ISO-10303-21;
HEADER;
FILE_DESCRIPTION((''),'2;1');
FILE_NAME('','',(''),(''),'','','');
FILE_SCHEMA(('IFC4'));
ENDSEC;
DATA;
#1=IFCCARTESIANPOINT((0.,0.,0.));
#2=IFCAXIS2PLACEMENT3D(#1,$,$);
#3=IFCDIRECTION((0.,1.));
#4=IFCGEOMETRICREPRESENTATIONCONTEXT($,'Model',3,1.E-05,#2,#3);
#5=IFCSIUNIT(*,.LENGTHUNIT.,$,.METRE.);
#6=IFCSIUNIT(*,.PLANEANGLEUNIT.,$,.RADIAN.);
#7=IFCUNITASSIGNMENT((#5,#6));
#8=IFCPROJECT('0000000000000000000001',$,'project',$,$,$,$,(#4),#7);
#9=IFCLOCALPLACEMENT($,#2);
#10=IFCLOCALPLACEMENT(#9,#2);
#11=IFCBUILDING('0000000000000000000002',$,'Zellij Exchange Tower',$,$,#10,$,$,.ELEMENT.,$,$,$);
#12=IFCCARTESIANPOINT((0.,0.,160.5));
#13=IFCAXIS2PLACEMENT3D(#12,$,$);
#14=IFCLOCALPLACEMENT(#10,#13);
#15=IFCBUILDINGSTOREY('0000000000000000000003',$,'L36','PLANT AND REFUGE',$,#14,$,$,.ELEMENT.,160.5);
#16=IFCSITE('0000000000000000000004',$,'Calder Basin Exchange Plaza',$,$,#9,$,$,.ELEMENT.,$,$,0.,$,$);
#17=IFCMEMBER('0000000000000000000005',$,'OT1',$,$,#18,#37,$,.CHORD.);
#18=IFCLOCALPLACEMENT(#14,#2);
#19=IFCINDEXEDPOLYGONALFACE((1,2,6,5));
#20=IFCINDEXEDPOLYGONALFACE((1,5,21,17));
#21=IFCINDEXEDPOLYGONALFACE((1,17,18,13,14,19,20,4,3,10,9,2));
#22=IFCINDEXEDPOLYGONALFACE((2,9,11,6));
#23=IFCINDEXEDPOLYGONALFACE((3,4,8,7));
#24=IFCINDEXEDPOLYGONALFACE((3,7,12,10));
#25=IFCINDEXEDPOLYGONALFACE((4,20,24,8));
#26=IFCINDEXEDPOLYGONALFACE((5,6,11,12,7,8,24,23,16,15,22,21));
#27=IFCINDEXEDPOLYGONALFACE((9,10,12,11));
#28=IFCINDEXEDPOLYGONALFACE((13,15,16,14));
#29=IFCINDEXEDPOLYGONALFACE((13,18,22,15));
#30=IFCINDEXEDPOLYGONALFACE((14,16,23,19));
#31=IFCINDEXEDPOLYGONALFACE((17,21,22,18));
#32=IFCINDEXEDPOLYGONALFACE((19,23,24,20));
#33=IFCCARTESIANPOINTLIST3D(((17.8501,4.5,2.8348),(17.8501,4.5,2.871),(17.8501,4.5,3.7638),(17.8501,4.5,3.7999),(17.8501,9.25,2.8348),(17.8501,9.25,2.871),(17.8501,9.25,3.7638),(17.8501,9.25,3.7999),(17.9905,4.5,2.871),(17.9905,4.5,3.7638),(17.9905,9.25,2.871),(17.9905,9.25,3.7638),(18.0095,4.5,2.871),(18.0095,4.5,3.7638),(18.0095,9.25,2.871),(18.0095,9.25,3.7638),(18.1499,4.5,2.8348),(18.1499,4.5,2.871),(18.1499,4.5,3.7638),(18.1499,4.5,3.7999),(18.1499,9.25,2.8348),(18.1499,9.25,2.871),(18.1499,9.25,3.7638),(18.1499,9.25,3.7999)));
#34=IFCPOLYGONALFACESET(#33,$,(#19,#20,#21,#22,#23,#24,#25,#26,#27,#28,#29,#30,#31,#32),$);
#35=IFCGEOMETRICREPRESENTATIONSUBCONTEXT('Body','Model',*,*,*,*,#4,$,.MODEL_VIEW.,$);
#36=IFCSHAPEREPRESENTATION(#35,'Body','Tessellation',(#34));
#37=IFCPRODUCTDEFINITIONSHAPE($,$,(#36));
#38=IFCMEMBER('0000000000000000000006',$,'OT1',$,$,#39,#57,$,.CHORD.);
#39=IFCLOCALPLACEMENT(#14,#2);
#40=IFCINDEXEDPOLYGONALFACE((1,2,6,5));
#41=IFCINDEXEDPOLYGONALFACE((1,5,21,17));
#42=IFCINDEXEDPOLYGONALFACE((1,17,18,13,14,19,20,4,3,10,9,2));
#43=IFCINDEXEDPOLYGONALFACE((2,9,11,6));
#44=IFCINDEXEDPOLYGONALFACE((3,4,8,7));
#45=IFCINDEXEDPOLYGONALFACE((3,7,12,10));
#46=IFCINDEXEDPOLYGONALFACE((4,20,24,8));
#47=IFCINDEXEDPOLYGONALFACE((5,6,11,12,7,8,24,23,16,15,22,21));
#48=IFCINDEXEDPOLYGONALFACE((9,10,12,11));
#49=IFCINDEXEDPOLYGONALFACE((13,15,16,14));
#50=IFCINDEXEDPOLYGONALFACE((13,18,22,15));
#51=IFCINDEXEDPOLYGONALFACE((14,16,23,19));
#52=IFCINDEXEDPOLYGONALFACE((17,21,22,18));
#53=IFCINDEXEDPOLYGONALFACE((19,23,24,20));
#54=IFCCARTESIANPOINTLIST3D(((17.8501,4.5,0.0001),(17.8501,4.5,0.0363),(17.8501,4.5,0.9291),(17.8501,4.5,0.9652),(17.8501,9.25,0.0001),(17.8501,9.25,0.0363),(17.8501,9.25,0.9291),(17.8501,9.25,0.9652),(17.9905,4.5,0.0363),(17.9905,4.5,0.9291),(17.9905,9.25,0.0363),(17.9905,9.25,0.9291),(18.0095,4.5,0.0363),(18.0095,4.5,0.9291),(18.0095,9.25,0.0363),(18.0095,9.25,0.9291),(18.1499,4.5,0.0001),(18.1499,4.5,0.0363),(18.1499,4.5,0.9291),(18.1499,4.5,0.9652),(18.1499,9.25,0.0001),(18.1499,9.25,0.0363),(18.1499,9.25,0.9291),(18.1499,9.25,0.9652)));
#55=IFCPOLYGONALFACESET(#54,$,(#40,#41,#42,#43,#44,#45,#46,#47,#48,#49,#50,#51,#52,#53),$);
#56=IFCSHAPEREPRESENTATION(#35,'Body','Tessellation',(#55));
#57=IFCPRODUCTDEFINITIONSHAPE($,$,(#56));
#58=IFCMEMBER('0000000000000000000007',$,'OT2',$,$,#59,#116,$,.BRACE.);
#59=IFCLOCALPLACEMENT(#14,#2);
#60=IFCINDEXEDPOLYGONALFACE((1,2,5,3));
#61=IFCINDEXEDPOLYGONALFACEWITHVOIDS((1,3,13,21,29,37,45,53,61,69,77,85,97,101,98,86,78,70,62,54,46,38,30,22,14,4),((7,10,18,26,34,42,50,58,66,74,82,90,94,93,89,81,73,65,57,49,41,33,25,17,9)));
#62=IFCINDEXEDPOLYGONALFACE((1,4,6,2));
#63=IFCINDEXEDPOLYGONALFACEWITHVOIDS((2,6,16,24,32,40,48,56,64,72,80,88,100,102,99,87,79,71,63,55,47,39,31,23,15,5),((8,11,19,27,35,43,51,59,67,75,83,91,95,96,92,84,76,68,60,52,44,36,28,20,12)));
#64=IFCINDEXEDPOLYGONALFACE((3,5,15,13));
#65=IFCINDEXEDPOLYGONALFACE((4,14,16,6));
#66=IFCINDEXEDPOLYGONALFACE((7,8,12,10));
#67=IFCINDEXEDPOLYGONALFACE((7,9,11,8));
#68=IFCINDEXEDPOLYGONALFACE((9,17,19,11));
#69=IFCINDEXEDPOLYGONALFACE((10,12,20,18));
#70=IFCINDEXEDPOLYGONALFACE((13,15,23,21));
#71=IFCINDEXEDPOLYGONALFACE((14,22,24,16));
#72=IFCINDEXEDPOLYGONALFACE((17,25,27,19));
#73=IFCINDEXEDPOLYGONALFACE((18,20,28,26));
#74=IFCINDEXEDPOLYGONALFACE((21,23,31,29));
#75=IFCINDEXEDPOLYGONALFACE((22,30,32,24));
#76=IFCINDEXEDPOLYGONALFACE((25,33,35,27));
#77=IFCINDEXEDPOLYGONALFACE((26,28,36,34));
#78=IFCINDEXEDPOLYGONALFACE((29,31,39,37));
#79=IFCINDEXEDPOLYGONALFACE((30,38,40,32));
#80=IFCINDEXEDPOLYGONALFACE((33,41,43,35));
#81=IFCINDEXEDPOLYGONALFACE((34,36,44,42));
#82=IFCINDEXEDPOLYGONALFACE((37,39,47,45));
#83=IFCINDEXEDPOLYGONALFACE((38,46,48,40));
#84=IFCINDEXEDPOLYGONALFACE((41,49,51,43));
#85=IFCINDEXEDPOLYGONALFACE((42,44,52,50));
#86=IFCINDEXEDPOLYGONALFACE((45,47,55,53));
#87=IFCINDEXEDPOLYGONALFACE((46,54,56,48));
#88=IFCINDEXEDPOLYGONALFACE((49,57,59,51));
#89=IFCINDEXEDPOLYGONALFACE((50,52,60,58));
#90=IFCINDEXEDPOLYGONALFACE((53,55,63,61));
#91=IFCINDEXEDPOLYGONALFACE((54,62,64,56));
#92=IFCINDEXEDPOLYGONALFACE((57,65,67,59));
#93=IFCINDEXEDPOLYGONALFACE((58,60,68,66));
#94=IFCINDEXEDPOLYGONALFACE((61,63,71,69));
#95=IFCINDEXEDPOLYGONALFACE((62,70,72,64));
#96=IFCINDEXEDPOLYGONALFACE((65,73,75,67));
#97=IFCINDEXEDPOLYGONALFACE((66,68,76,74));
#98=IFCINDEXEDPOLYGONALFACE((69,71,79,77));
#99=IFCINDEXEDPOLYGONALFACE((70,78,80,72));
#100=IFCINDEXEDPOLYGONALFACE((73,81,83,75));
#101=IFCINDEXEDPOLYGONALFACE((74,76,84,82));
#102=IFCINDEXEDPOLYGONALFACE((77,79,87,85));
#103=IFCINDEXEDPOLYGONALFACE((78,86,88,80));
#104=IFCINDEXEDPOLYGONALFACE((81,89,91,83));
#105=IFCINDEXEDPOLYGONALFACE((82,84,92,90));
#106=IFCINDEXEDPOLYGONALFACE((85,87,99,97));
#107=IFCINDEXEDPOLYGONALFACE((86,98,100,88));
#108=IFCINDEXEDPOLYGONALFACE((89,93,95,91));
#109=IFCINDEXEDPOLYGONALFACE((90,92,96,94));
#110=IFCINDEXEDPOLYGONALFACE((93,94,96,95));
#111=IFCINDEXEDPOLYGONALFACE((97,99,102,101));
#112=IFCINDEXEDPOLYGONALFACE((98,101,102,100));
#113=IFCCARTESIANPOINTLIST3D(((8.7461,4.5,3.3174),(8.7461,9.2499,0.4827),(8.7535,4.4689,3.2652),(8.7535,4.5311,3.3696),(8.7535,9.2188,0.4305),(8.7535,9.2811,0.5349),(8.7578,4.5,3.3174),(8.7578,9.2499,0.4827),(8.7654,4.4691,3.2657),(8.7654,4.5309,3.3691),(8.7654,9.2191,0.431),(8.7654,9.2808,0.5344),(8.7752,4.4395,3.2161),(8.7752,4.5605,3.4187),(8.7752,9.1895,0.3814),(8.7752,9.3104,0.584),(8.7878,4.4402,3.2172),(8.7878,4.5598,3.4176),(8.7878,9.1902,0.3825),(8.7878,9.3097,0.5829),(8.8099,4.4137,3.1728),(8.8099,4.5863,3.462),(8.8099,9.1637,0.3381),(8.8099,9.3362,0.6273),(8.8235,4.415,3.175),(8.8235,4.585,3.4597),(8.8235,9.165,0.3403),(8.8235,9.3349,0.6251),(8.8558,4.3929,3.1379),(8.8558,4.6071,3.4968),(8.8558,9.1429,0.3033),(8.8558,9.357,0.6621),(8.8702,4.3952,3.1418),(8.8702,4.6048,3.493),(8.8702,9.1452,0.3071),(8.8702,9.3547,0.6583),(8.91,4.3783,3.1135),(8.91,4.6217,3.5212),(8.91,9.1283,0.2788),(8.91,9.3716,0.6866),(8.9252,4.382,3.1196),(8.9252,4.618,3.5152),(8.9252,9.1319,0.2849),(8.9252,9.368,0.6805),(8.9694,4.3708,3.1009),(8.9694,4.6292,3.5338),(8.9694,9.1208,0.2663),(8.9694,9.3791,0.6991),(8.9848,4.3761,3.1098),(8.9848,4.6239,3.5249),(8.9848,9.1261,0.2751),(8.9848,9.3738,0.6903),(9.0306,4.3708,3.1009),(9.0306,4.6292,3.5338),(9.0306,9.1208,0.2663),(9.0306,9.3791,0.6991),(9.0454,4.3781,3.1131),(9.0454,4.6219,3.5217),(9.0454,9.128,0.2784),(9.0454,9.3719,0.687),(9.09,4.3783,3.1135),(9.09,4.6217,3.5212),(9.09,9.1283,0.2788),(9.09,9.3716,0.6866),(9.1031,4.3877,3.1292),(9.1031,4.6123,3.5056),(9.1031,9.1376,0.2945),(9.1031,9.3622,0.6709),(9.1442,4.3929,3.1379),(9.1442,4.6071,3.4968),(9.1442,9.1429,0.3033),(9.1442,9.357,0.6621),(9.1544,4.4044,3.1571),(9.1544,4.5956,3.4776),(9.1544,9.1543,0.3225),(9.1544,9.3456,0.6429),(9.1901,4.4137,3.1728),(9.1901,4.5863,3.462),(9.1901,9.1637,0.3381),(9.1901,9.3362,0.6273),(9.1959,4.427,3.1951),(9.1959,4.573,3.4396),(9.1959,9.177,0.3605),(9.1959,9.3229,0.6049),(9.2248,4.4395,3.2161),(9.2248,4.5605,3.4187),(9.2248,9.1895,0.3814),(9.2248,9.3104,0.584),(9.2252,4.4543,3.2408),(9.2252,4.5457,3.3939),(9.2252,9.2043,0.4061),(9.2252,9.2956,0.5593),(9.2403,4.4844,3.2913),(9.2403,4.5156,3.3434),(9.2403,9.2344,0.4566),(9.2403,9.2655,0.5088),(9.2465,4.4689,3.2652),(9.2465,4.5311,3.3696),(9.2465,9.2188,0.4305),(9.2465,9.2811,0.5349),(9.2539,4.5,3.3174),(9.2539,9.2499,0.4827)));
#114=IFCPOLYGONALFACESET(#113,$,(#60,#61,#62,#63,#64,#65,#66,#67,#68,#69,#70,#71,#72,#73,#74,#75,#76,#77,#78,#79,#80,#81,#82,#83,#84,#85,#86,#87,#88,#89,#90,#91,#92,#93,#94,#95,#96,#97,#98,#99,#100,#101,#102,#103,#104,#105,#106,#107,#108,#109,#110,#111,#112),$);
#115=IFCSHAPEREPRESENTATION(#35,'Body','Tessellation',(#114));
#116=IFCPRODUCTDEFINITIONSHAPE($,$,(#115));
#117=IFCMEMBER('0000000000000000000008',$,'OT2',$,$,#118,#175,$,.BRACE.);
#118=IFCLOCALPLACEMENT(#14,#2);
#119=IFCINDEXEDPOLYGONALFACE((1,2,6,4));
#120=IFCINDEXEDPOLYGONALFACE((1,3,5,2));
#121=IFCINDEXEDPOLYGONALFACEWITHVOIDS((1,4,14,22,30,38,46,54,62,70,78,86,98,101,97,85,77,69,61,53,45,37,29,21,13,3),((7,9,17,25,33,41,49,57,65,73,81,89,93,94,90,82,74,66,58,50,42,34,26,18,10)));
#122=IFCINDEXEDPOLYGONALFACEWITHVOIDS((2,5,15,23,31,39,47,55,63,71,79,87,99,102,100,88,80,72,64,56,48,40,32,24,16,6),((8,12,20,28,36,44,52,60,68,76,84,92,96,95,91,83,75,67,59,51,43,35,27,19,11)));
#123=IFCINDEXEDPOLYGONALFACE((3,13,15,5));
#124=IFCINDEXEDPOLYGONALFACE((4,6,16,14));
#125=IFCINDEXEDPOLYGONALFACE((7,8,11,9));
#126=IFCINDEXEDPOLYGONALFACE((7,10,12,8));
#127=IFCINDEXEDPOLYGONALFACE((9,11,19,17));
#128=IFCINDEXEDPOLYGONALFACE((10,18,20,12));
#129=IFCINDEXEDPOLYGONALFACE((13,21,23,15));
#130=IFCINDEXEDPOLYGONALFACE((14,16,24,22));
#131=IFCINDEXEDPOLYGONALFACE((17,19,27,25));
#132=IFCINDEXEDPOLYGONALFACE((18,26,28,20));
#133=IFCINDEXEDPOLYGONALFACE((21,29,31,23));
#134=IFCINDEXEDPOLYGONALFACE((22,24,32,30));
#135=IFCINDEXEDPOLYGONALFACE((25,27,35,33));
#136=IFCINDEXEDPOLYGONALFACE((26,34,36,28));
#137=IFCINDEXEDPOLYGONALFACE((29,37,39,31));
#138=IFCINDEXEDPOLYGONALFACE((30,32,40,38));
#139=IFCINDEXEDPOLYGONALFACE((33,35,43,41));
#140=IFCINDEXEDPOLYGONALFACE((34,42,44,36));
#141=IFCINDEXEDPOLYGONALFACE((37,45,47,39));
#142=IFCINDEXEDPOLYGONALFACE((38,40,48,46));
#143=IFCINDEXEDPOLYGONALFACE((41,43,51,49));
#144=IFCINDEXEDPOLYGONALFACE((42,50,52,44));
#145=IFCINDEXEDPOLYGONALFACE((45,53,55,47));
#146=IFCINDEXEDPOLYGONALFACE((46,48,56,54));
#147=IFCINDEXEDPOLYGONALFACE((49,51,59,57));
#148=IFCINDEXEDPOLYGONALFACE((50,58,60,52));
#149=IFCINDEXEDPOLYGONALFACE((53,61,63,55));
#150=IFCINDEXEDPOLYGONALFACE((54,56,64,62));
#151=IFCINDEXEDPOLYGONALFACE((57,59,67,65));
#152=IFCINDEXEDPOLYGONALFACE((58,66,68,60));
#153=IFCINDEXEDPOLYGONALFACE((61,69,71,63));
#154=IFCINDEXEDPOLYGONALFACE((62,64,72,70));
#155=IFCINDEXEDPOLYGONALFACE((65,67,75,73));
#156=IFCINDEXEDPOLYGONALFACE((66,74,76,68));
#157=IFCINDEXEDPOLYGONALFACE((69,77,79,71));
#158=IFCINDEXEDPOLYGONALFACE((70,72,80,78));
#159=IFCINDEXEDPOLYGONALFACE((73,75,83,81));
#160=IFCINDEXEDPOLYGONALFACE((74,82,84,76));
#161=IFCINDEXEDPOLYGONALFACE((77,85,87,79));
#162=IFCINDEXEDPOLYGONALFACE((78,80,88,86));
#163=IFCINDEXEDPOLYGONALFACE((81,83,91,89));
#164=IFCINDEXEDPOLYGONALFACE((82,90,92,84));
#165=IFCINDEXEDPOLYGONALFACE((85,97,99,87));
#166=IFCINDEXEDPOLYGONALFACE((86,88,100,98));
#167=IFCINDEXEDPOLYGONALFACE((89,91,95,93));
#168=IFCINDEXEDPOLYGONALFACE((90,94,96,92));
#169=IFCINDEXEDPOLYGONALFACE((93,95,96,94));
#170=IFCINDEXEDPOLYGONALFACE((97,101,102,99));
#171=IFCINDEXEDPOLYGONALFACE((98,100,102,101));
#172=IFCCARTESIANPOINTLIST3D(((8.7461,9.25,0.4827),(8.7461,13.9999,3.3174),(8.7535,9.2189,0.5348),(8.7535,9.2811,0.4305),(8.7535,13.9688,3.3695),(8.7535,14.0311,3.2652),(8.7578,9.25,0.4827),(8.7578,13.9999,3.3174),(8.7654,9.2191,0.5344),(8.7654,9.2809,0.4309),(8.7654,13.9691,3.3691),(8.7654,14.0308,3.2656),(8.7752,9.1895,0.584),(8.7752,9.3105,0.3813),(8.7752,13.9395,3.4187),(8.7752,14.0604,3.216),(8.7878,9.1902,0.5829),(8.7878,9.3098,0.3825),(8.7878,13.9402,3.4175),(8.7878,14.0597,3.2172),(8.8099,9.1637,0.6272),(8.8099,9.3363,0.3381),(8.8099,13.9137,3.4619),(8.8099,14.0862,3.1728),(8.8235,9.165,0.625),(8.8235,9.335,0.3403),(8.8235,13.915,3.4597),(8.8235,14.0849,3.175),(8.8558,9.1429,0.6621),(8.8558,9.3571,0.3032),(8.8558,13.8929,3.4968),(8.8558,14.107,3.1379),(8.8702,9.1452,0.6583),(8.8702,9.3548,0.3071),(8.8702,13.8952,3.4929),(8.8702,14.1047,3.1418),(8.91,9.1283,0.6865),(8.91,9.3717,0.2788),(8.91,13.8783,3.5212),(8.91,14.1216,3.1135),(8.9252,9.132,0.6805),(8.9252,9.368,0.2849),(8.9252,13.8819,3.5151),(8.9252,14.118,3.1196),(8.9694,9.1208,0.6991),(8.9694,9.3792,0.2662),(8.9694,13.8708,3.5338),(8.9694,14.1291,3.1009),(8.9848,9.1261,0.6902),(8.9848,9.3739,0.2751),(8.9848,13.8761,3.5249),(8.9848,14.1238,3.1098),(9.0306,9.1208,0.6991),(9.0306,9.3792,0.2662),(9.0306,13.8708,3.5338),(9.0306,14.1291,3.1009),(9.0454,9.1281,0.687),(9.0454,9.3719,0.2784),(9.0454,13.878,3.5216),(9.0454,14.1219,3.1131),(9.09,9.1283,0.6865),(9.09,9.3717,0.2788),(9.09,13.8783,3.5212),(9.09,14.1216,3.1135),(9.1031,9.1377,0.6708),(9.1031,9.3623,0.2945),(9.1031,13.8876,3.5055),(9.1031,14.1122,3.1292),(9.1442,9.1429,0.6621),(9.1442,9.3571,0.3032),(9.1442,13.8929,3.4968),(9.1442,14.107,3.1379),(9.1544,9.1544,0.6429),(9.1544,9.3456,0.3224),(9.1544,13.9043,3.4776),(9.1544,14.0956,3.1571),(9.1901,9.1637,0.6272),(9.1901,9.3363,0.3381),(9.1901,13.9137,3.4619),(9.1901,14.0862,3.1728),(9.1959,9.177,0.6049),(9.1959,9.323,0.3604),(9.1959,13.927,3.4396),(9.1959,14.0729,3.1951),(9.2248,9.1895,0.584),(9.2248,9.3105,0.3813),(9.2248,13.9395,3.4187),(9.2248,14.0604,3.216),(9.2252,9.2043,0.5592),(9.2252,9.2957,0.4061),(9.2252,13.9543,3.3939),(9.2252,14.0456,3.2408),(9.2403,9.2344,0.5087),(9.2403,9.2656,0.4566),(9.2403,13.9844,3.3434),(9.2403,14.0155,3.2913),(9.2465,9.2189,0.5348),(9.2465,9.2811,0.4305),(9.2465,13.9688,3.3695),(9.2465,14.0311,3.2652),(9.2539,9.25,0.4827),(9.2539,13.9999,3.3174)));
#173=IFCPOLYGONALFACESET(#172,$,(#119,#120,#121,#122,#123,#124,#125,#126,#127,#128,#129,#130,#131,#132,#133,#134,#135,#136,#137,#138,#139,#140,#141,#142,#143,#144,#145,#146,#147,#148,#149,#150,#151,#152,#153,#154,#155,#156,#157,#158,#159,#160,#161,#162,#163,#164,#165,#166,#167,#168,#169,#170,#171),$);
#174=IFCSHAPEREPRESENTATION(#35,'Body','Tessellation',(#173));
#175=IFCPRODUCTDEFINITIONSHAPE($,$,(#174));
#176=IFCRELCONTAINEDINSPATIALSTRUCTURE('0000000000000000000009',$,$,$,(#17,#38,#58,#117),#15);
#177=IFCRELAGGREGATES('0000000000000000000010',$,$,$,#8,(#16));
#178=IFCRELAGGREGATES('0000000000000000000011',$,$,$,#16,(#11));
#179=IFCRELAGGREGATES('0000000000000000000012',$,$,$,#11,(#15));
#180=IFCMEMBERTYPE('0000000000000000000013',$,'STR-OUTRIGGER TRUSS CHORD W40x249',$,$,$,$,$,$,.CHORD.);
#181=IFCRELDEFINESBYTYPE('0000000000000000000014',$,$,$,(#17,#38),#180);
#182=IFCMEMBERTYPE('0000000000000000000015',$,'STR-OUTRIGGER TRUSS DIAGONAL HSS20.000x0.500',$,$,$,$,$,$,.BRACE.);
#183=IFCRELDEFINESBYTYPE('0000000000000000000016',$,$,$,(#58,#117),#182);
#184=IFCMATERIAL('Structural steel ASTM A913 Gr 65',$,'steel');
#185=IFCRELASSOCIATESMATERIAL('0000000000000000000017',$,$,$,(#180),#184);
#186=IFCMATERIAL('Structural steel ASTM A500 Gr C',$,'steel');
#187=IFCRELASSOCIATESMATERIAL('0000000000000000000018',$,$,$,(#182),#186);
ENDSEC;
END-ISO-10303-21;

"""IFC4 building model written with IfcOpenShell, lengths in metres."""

from ifc_helpers import new_model, si_unit, direction, frame, origin, origin_2d, place, context, subcontext, project, spatial, hollow_circle, i_section, extrude, material, material_profile, profile_set, type_object, element, save


model = new_model("IFC4")

# Units and contexts
model_context = context("Model", 3, precision=1e-05, world=origin(), true_north=direction((0.0, 1.0)))
body_context = subcontext(model_context, "Body", "Model", "MODEL_VIEW")
ifc_project = project(units=[si_unit("LENGTHUNIT", "METRE"), si_unit("PLANEANGLEUNIT", "RADIAN")], contexts=[model_context])

# Site, building, storey
site_placement = place(None, origin())
site = spatial("IfcSite", under=ifc_project, at=site_placement, Name="Calder Basin Exchange Plaza", CompositionType="ELEMENT", RefElevation=0.0)
building_placement = place(site_placement, origin())
building = spatial("IfcBuilding", under=site, at=building_placement, Name="Zellij Exchange Tower", CompositionType="ELEMENT")
storey_placement = place(building_placement, frame((0.0, 0.0, 160.5)))
storey = spatial("IfcBuildingStorey", under=building, at=storey_placement, Name="L36", Description="PLANT AND REFUGE", CompositionType="ELEMENT", Elevation=160.5)

# Shared definitions
ifc_material_1 = material(Name="Structural steel ASTM A913 Gr 65", Category="steel")

# Members
ifc_material_profile_1 = material_profile(ifc_material_1, i_section(OverallWidth=0.2998, OverallDepth=0.9651, WebThickness=0.019, FlangeThickness=0.0361, at=origin_2d()), Name="W40x249")
ifc_profile_set_1 = profile_set([ifc_material_profile_1], Name="Structural steel ASTM A913 Gr 65")
member_type_1 = type_object("IfcMemberType", Name="STR-OUTRIGGER TRUSS CHORD W40x249", PredefinedType="CHORD", material=ifc_profile_set_1)
for number, where, z_axis, x_axis, name in (
    (1, (18.0, 4.5, 3.3174), (0.0, 1.0, 0.0), (-1.0, 0.0, 0.0), "OT1"),
    (2, (18.0, 4.5, 0.4827), (0.0, 1.0, 0.0), (-1.0, 0.0, 0.0), "OT1"),
):
    element("IfcMember", number, at=place(storey_placement, frame(where, z_axis=z_axis, x_axis=x_axis)), inside=storey, type_object=member_type_1, Name=name, PredefinedType="CHORD", context=body_context, shape_type="SweptSolid", body=[
        extrude(i_section(OverallWidth=0.2998, OverallDepth=0.9651, WebThickness=0.019, FlangeThickness=0.0361, at=origin_2d()), origin(), (0.0, 0.0, 1.0), 4.75),
    ])
ifc_material_2 = material(Name="Structural steel ASTM A500 Gr C", Category="steel")
ifc_material_profile_2 = material_profile(ifc_material_2, hollow_circle(Radius=0.2539, WallThickness=0.0117, at=origin_2d()), Name="STR-OUTRIGGER TRUSS DIAGONAL HSS20.000x0.500")
ifc_profile_set_2 = profile_set([ifc_material_profile_2], Name="Structural steel ASTM A500 Gr C")
member_type_2 = type_object("IfcMemberType", Name="STR-OUTRIGGER TRUSS DIAGONAL HSS20.000x0.500", PredefinedType="BRACE", material=ifc_profile_set_2)
for number, where, z_axis, x_axis, name in (
    (3, (9.0, 4.5, 3.3174), (0.0, 0.858709, -0.512463), (-1.0, 0.0, 0.0), "OT2"),
    (4, (9.0, 9.25, 0.4827), (0.0, 0.858709, 0.512463), (-1.0, 0.0, 0.0), "OT2"),
):
    element("IfcMember", number, at=place(storey_placement, frame(where, z_axis=z_axis, x_axis=x_axis)), inside=storey, type_object=member_type_2, Name=name, PredefinedType="BRACE", context=body_context, shape_type="SweptSolid", body=[
        extrude(hollow_circle(Radius=0.2539, WallThickness=0.0117, at=origin_2d()), origin(), (0.0, 0.0, 1.0), 5.5315),
    ])

save(model, "model.ifc")
